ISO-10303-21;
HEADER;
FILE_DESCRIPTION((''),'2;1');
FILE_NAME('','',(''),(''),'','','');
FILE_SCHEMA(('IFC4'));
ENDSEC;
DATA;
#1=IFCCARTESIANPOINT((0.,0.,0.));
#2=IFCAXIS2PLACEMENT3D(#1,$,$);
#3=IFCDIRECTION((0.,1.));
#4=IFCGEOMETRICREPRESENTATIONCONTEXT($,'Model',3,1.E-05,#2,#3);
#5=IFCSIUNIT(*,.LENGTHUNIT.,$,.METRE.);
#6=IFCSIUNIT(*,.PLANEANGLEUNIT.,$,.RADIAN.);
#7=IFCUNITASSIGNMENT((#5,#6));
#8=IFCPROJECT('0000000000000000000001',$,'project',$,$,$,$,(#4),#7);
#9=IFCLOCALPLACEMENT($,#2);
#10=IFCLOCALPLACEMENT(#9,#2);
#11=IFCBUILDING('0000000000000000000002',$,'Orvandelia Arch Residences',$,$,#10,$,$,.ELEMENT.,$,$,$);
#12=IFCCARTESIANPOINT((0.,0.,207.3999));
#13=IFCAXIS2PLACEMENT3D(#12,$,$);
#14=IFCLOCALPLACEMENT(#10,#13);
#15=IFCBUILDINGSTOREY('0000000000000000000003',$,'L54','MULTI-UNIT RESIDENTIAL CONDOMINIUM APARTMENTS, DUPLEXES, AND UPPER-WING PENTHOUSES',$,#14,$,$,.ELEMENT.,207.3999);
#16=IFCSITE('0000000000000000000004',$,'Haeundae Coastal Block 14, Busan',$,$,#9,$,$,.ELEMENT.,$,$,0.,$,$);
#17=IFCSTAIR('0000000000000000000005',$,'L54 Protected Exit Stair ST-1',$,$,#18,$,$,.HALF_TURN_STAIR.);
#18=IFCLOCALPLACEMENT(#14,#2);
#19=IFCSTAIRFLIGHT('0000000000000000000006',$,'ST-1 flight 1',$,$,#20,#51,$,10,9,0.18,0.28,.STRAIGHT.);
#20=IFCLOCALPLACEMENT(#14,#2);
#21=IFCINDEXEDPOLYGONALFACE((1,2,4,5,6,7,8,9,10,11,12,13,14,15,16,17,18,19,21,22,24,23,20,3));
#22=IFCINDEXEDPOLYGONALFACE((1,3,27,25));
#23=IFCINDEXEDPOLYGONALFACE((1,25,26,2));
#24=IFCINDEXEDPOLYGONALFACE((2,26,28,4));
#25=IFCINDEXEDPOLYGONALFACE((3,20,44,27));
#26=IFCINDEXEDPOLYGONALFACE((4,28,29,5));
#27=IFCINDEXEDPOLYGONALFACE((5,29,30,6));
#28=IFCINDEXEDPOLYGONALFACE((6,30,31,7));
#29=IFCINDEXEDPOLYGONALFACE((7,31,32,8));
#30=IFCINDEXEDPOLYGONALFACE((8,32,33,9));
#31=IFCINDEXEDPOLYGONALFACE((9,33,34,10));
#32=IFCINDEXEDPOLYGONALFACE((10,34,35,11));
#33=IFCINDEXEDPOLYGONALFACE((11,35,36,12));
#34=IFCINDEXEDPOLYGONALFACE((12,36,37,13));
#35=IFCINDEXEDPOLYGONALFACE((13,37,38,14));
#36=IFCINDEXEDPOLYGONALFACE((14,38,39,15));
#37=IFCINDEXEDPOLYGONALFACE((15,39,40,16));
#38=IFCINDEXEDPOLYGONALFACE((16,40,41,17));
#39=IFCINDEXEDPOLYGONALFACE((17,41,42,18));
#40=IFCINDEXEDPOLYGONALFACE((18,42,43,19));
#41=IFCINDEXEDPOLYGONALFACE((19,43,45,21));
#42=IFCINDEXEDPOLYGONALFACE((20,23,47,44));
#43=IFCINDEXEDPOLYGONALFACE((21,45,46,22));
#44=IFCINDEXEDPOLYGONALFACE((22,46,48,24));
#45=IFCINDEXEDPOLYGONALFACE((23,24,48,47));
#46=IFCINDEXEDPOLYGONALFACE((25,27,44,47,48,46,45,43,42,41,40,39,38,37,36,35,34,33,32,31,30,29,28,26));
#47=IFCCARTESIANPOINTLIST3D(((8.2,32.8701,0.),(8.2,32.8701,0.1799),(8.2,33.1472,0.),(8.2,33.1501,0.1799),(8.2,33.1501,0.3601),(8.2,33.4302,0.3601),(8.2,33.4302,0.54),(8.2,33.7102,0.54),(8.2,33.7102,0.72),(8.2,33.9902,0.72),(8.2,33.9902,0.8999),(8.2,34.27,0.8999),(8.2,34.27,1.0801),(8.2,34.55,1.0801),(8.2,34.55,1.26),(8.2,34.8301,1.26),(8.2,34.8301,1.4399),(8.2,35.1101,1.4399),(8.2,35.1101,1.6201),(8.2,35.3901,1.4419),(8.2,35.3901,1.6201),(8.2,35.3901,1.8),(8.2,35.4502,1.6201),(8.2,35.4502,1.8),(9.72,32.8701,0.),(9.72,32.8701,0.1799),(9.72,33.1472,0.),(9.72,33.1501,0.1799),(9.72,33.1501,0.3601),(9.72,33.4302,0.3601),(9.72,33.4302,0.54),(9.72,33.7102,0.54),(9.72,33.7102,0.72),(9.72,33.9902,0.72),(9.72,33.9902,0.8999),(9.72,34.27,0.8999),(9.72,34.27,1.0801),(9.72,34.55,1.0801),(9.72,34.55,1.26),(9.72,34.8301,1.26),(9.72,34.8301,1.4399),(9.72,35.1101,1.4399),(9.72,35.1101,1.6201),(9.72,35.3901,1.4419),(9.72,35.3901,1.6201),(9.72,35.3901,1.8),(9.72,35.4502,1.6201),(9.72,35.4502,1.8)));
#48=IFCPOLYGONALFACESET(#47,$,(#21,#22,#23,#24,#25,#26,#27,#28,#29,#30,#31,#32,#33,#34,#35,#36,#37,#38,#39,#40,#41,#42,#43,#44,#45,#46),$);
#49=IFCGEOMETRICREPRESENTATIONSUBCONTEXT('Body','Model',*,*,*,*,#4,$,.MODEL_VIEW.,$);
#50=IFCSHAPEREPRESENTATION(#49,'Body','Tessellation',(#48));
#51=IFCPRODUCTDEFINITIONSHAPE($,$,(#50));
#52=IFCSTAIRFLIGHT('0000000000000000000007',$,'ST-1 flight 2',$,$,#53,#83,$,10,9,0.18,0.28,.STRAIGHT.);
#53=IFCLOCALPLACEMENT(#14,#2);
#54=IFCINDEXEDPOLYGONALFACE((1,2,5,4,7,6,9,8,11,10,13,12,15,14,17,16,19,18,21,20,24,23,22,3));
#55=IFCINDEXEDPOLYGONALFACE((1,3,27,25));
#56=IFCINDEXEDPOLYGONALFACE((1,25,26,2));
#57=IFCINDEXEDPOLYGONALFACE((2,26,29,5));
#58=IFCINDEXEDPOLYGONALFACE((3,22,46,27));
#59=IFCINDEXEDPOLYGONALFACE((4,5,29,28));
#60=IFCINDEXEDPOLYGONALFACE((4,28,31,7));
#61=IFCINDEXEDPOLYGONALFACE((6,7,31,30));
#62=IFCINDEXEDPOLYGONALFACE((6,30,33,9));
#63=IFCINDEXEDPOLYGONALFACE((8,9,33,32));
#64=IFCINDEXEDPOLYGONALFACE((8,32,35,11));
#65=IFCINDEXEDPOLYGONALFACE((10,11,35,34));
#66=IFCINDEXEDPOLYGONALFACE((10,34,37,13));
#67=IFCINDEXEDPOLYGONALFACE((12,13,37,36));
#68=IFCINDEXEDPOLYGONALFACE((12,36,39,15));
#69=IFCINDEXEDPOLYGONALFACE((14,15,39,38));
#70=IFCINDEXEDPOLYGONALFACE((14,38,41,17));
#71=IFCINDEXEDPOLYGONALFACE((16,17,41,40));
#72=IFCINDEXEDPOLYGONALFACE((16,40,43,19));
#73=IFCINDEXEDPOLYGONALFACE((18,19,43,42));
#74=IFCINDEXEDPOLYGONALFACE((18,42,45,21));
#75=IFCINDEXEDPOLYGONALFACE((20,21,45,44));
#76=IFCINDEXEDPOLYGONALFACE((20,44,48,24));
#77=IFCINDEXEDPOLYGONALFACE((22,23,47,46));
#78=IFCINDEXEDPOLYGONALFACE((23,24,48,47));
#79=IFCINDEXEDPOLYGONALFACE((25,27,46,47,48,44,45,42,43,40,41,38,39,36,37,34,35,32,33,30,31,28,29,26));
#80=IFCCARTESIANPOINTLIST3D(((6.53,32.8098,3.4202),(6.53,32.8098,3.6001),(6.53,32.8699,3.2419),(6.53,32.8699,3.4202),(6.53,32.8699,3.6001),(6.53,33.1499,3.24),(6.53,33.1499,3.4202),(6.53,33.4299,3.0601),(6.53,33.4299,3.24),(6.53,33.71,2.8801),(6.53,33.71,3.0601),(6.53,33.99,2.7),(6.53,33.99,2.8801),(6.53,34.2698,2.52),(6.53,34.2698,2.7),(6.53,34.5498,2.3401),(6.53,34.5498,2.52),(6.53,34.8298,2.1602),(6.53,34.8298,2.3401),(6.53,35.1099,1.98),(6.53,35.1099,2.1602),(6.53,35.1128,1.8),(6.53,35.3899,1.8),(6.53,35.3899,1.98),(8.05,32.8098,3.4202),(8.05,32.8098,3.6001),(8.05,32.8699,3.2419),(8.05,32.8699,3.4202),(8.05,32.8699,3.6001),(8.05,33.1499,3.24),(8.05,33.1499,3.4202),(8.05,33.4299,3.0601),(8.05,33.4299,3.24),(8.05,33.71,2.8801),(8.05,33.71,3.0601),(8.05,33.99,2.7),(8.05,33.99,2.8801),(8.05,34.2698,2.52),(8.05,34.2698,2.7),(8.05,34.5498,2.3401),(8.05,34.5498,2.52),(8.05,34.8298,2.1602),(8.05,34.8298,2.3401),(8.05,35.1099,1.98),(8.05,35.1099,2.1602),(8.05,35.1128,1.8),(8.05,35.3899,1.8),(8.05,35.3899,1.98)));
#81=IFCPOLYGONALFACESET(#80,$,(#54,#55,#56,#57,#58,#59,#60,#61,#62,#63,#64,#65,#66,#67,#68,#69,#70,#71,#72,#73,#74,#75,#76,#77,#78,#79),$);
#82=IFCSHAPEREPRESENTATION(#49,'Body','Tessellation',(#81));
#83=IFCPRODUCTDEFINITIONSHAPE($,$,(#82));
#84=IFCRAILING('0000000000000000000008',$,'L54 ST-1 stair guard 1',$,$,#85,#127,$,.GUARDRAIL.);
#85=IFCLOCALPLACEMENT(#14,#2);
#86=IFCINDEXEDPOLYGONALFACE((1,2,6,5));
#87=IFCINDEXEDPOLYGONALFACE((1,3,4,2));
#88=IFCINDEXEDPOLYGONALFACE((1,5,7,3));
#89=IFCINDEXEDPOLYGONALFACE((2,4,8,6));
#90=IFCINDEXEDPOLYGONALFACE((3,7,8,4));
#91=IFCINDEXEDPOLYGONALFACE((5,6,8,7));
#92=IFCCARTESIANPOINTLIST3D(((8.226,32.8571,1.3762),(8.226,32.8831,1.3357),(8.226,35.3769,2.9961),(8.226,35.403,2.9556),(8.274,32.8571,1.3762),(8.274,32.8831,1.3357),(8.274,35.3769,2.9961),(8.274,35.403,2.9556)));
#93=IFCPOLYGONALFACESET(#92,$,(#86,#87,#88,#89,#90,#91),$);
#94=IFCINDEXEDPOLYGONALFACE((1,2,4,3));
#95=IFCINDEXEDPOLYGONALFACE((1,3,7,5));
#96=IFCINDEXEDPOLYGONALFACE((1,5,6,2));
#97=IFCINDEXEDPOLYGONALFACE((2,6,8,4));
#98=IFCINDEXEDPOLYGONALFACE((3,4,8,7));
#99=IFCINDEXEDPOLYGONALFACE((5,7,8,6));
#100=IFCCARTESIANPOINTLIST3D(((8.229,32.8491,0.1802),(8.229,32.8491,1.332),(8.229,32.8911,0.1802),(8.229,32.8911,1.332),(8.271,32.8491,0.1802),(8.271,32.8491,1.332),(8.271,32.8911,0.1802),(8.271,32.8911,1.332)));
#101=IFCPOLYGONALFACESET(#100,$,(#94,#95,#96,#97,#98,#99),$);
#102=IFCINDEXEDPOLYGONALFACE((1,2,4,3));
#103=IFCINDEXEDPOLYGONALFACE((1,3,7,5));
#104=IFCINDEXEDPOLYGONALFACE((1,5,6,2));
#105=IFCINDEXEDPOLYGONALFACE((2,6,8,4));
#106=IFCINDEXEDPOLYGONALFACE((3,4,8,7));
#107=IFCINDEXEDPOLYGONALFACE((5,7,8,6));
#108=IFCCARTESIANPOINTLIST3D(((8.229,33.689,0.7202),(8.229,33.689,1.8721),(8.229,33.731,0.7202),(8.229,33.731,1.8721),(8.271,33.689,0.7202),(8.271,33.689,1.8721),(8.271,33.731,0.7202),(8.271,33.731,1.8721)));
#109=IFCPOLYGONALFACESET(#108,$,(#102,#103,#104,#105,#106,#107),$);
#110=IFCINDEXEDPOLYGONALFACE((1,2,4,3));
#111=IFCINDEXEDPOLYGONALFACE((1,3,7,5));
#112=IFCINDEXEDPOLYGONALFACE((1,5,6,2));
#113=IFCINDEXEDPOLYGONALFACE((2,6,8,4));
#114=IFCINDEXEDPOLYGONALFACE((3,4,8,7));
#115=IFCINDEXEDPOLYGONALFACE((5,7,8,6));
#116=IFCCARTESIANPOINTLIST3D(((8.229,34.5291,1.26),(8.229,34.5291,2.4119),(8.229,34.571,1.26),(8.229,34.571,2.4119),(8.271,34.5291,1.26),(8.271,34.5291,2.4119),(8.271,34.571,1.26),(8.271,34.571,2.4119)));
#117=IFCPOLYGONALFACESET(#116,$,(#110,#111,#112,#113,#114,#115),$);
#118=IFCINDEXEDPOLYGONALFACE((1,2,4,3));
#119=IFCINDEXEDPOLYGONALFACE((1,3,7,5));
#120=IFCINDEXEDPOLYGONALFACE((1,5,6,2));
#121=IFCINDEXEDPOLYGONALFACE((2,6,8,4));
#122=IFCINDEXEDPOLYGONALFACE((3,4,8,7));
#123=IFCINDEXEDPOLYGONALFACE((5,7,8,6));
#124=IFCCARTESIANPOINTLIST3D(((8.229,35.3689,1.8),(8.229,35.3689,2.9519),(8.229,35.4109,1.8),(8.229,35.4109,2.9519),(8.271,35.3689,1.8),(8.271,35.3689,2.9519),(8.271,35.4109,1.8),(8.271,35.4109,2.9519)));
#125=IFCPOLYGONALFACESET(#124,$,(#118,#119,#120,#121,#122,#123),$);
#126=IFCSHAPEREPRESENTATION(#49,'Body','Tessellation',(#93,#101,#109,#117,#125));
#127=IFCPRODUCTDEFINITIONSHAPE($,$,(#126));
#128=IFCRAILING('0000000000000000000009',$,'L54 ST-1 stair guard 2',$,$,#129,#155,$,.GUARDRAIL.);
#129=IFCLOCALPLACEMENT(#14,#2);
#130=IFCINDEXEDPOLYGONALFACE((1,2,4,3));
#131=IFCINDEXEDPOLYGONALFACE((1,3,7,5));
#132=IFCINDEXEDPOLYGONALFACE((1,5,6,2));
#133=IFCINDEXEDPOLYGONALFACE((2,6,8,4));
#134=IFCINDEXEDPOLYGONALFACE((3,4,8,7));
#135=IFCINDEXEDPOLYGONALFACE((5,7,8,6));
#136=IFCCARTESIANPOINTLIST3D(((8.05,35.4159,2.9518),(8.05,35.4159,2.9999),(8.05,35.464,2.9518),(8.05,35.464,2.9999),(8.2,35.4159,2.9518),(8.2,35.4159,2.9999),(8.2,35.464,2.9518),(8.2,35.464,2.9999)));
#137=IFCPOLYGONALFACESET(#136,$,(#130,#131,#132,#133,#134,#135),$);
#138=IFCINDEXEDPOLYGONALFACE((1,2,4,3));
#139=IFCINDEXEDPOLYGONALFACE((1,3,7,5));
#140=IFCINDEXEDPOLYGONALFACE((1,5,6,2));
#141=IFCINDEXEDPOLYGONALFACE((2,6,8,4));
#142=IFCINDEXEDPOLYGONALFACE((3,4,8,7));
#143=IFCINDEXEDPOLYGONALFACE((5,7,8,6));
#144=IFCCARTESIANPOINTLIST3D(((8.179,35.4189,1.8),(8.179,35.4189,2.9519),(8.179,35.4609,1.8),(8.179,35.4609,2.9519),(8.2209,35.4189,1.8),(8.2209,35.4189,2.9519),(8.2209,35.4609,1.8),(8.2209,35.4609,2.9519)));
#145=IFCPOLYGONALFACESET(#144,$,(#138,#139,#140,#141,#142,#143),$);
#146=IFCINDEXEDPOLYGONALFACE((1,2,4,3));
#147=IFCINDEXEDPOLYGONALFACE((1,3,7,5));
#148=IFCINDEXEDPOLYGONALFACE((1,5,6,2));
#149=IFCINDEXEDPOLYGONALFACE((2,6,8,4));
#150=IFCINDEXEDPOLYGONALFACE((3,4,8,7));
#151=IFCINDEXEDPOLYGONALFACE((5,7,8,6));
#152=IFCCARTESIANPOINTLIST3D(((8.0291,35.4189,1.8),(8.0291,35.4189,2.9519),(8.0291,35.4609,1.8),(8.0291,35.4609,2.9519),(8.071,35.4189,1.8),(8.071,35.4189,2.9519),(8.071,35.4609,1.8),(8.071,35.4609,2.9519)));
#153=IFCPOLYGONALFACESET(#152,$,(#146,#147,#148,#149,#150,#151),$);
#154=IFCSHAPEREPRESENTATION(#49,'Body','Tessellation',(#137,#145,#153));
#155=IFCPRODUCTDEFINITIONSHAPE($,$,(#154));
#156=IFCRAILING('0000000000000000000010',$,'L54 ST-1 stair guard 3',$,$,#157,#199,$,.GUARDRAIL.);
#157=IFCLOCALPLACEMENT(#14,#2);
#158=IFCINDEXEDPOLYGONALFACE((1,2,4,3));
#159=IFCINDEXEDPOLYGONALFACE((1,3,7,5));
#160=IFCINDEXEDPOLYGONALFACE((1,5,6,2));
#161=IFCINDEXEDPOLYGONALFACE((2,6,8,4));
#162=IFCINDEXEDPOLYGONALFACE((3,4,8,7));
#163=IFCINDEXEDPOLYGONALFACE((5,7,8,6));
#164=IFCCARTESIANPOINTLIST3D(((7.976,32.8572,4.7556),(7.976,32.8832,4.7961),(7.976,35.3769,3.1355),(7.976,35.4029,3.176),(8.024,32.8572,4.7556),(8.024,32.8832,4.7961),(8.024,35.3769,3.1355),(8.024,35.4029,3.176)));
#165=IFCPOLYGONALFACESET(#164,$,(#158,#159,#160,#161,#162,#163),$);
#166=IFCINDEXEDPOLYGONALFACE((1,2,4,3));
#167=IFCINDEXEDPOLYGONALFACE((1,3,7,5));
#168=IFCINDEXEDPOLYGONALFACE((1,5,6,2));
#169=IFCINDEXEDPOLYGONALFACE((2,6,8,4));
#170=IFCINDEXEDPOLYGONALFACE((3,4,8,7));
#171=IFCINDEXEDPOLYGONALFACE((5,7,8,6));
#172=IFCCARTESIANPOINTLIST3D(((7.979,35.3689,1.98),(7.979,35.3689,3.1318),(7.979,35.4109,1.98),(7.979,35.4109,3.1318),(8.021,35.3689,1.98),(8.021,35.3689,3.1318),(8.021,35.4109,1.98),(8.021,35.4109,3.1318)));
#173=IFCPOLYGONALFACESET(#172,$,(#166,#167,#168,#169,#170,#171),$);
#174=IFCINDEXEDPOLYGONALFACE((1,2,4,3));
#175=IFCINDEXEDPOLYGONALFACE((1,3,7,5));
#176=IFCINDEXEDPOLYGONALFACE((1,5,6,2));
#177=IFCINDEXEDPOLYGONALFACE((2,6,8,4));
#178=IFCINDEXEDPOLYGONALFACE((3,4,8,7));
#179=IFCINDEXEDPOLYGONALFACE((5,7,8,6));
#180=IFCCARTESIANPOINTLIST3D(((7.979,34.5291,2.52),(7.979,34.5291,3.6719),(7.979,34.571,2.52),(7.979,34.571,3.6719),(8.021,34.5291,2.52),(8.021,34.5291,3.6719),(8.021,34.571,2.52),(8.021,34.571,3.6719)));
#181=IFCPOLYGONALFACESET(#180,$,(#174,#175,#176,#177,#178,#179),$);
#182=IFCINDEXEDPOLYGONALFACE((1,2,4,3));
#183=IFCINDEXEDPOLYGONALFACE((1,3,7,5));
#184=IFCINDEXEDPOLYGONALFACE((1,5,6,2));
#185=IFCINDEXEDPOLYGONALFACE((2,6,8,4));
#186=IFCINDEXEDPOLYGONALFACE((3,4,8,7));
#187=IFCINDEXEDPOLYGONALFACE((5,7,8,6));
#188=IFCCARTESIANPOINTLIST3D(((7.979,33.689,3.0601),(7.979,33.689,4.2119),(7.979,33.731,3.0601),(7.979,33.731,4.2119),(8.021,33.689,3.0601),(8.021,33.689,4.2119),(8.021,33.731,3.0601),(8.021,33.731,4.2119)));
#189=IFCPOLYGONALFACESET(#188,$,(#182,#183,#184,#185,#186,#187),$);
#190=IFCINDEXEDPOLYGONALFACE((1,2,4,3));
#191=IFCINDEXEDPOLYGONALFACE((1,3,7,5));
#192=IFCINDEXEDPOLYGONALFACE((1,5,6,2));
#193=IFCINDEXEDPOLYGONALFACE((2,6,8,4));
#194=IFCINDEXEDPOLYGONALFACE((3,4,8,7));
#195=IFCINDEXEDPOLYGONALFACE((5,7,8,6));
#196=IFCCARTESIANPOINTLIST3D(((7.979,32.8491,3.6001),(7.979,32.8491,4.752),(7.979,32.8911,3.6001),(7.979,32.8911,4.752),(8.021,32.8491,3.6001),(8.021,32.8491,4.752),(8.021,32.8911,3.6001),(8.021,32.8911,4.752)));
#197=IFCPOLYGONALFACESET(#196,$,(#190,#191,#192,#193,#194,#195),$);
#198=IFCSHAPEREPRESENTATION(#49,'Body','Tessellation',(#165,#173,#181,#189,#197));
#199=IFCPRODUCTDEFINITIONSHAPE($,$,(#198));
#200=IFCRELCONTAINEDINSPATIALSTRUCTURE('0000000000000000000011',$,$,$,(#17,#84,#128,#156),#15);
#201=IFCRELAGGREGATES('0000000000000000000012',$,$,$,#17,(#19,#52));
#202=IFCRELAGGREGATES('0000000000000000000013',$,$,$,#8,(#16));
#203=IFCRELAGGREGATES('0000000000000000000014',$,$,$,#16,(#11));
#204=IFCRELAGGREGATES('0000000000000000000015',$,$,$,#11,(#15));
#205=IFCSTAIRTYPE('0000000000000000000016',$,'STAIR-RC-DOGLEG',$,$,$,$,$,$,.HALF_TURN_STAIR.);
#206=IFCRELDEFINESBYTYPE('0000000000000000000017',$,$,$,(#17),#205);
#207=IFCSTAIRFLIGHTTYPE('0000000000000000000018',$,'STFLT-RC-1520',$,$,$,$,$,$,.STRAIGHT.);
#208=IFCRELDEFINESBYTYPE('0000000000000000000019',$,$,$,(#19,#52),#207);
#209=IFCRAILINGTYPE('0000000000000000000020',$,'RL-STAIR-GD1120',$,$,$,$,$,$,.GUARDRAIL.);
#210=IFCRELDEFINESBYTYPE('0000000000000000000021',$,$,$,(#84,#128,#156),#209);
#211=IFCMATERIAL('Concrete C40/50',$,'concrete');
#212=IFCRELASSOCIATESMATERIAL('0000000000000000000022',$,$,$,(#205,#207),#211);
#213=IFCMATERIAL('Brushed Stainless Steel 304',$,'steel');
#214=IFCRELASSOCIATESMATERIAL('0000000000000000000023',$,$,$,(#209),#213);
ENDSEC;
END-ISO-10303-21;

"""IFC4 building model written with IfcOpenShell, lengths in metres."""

from ifc_helpers import new_model, si_unit, direction, frame, origin, origin_2d, place, context, subcontext, project, spatial, polyline, rectangle, outline, extrude, material, type_object, element, aggregate, save


model = new_model("IFC4")

# Units and contexts
model_context = context("Model", 3, precision=1e-05, world=origin(), true_north=direction((0.0, 1.0)))
body_context = subcontext(model_context, "Body", "Model", "MODEL_VIEW")
ifc_project = project(units=[si_unit("LENGTHUNIT", "METRE"), si_unit("PLANEANGLEUNIT", "RADIAN")], contexts=[model_context])

# Site, building, storey
site_placement = place(None, origin())
site = spatial("IfcSite", under=ifc_project, at=site_placement, Name="Haeundae Coastal Block 14, Busan", CompositionType="ELEMENT", RefElevation=0.0)
building_placement = place(site_placement, origin())
building = spatial("IfcBuilding", under=site, at=building_placement, Name="Orvandelia Arch Residences", CompositionType="ELEMENT")
storey_placement = place(building_placement, frame((0.0, 0.0, 207.3999)))
storey = spatial("IfcBuildingStorey", under=building, at=storey_placement, Name="L54", Description="MULTI-UNIT RESIDENTIAL CONDOMINIUM APARTMENTS, DUPLEXES, AND UPPER-WING PENTHOUSES", CompositionType="ELEMENT", Elevation=207.3999)

# Stair, stair flights
ifc_material_1 = material(Name="Concrete C40/50", Category="concrete")
stair_type = type_object("IfcStairType", Name="STAIR-RC-DOGLEG", PredefinedType="HALF_TURN_STAIR", material=ifc_material_1)
stair_placement = place(storey_placement, origin())
stair = element("IfcStair", 1, at=stair_placement, inside=storey, type_object=stair_type, Name="L54 Protected Exit Stair ST-1", PredefinedType="HALF_TURN_STAIR")
stair_flight_type = type_object("IfcStairFlightType", Name="STFLT-RC-1520", PredefinedType="STRAIGHT", material=ifc_material_1)
stair_flight_1_placement = place(storey_placement, frame((8.96, 32.8701, 0.0), z_axis=(0.0, 0.0, 1.0), x_axis=(0.0, 1.0, 0.0)))
stair_flight_1 = element("IfcStairFlight", 2, at=stair_flight_1_placement, type_object=stair_flight_type, Name="ST-1 flight 1", NumberOfRisers=10, NumberOfTreads=9, PredefinedType="STRAIGHT", RiserHeight=0.18, TreadLength=0.28, context=body_context, shape_type="SweptSolid", body=[
    extrude(outline(polyline([(0.0, 0.0), (0.0, 0.1799), (0.28, 0.1799), (0.28, 0.3601), (0.5601, 0.3601), (0.5601, 0.54), (0.8401, 0.54), (0.8401, 0.72), (1.1201, 0.72), (1.1201, 0.8999), (1.3999, 0.8999), (1.3999, 1.0801), (1.6799, 1.0801), (1.6799, 1.26), (1.96, 1.26), (1.96, 1.4399), (2.24, 1.4399), (2.24, 1.6201), (2.52, 1.6201), (2.52, 1.8), (2.5801, 1.8), (2.5801, 1.6201), (2.52, 1.4419), (0.2771, 0.0), (0.0, 0.0)])), frame((0.0, 0.76, 0.0), z_axis=(0.0, -1.0, 0.0), x_axis=(1.0, 0.0, 0.0)), (0.0, 0.0, 1.0), 1.52),
])
stair_flight_2_placement = place(storey_placement, frame((7.29, 35.3899, 1.8), z_axis=(0.0, 0.0, 1.0), x_axis=(0.0, -1.0, 0.0)))
stair_flight_2 = element("IfcStairFlight", 3, at=stair_flight_2_placement, type_object=stair_flight_type, Name="ST-1 flight 2", NumberOfRisers=10, NumberOfTreads=9, PredefinedType="STRAIGHT", RiserHeight=0.18, TreadLength=0.28, context=body_context, shape_type="SweptSolid", body=[
    extrude(outline(polyline([(0.0, 0.0), (0.0, 0.1799), (0.28, 0.1799), (0.28, 0.3601), (0.5601, 0.3601), (0.5601, 0.54), (0.8401, 0.54), (0.8401, 0.72), (1.1201, 0.72), (1.1201, 0.8999), (1.3999, 0.8999), (1.3999, 1.0801), (1.6799, 1.0801), (1.6799, 1.26), (1.96, 1.26), (1.96, 1.4399), (2.24, 1.4399), (2.24, 1.6201), (2.52, 1.6201), (2.52, 1.8), (2.5801, 1.8), (2.5801, 1.6201), (2.52, 1.4419), (0.2771, 0.0), (0.0, 0.0)])), frame((0.0, 0.76, 0.0), z_axis=(0.0, -1.0, 0.0), x_axis=(1.0, 0.0, 0.0)), (0.0, 0.0, 1.0), 1.52),
])
aggregate(stair, [stair_flight_1, stair_flight_2])

# Railings
ifc_material_2 = material(Name="Brushed Stainless Steel 304", Category="steel")
railing_type_1 = type_object("IfcRailingType", Name="RL-STAIR-GD1120", PredefinedType="GUARDRAIL", material=ifc_material_2)
railing_1_placement = place(storey_placement, frame((8.25, 32.8701, 0.1802)))
element("IfcRailing", 4, at=railing_1_placement, inside=storey, type_object=railing_type_1, Name="L54 ST-1 stair guard 1", PredefinedType="GUARDRAIL", context=body_context, shape_type="SweptSolid", body=[
    extrude(rectangle(XDim=0.0481, YDim=0.0481, at=origin_2d()), frame((0.0, 0.0, 1.1758), z_axis=(0.0, 0.841176, 0.540762), x_axis=(-1.0, 0.0, 0.0)), (0.0, 0.0, 1.0), 2.9956),
    extrude(rectangle(XDim=0.042, YDim=0.042, at=origin_2d()), origin(), (0.0, 0.0, 1.0), 1.1519),
    extrude(rectangle(XDim=0.042, YDim=0.042, at=origin_2d()), frame((0.0, 0.8398, 0.54)), (0.0, 0.0, 1.0), 1.1519),
    extrude(rectangle(XDim=0.042, YDim=0.042, at=origin_2d()), frame((0.0, 1.6799, 1.0798)), (0.0, 0.0, 1.0), 1.1519),
    extrude(rectangle(XDim=0.042, YDim=0.042, at=origin_2d()), frame((0.0, 2.5198, 1.6199)), (0.0, 0.0, 1.0), 1.1519),
])
railing_2_placement = place(storey_placement, frame((8.2, 35.4399, 1.8)))
element("IfcRailing", 5, at=railing_2_placement, inside=storey, type_object=railing_type_1, Name="L54 ST-1 stair guard 2", PredefinedType="GUARDRAIL", context=body_context, shape_type="SweptSolid", body=[
    extrude(rectangle(XDim=0.0481, YDim=0.0481, at=origin_2d()), frame((0.0, 0.0, 1.1758), z_axis=(-1.0, 0.0, 0.0), x_axis=(0.0, -1.0, 0.0)), (0.0, 0.0, 1.0), 0.1499),
    extrude(rectangle(XDim=0.042, YDim=0.042, at=origin_2d()), origin(), (0.0, 0.0, 1.0), 1.1519),
    extrude(rectangle(XDim=0.042, YDim=0.042, at=origin_2d()), frame((-0.1499, 0.0, 0.0)), (0.0, 0.0, 1.0), 1.1519),
])
railing_3_placement = place(storey_placement, frame((8.0, 35.3899, 1.98)))
element("IfcRailing", 6, at=railing_3_placement, inside=storey, type_object=railing_type_1, Name="L54 ST-1 stair guard 3", PredefinedType="GUARDRAIL", context=body_context, shape_type="SweptSolid", body=[
    extrude(rectangle(XDim=0.0481, YDim=0.0481, at=origin_2d()), frame((0.0, 0.0, 1.1758), z_axis=(0.0, -0.841139, 0.540819), x_axis=(1.0, 0.0, 0.0)), (0.0, 0.0, 1.0), 2.9956),
    extrude(rectangle(XDim=0.042, YDim=0.042, at=origin_2d()), origin(), (0.0, 0.0, 1.0), 1.1519),
    extrude(rectangle(XDim=0.042, YDim=0.042, at=origin_2d()), frame((0.0, -0.8398, 0.54)), (0.0, 0.0, 1.0), 1.1519),
    extrude(rectangle(XDim=0.042, YDim=0.042, at=origin_2d()), frame((0.0, -1.6799, 1.0801)), (0.0, 0.0, 1.0), 1.1519),
    extrude(rectangle(XDim=0.042, YDim=0.042, at=origin_2d()), frame((0.0, -2.5198, 1.6201)), (0.0, 0.0, 1.0), 1.1519),
])

save(model, "model.ifc")
